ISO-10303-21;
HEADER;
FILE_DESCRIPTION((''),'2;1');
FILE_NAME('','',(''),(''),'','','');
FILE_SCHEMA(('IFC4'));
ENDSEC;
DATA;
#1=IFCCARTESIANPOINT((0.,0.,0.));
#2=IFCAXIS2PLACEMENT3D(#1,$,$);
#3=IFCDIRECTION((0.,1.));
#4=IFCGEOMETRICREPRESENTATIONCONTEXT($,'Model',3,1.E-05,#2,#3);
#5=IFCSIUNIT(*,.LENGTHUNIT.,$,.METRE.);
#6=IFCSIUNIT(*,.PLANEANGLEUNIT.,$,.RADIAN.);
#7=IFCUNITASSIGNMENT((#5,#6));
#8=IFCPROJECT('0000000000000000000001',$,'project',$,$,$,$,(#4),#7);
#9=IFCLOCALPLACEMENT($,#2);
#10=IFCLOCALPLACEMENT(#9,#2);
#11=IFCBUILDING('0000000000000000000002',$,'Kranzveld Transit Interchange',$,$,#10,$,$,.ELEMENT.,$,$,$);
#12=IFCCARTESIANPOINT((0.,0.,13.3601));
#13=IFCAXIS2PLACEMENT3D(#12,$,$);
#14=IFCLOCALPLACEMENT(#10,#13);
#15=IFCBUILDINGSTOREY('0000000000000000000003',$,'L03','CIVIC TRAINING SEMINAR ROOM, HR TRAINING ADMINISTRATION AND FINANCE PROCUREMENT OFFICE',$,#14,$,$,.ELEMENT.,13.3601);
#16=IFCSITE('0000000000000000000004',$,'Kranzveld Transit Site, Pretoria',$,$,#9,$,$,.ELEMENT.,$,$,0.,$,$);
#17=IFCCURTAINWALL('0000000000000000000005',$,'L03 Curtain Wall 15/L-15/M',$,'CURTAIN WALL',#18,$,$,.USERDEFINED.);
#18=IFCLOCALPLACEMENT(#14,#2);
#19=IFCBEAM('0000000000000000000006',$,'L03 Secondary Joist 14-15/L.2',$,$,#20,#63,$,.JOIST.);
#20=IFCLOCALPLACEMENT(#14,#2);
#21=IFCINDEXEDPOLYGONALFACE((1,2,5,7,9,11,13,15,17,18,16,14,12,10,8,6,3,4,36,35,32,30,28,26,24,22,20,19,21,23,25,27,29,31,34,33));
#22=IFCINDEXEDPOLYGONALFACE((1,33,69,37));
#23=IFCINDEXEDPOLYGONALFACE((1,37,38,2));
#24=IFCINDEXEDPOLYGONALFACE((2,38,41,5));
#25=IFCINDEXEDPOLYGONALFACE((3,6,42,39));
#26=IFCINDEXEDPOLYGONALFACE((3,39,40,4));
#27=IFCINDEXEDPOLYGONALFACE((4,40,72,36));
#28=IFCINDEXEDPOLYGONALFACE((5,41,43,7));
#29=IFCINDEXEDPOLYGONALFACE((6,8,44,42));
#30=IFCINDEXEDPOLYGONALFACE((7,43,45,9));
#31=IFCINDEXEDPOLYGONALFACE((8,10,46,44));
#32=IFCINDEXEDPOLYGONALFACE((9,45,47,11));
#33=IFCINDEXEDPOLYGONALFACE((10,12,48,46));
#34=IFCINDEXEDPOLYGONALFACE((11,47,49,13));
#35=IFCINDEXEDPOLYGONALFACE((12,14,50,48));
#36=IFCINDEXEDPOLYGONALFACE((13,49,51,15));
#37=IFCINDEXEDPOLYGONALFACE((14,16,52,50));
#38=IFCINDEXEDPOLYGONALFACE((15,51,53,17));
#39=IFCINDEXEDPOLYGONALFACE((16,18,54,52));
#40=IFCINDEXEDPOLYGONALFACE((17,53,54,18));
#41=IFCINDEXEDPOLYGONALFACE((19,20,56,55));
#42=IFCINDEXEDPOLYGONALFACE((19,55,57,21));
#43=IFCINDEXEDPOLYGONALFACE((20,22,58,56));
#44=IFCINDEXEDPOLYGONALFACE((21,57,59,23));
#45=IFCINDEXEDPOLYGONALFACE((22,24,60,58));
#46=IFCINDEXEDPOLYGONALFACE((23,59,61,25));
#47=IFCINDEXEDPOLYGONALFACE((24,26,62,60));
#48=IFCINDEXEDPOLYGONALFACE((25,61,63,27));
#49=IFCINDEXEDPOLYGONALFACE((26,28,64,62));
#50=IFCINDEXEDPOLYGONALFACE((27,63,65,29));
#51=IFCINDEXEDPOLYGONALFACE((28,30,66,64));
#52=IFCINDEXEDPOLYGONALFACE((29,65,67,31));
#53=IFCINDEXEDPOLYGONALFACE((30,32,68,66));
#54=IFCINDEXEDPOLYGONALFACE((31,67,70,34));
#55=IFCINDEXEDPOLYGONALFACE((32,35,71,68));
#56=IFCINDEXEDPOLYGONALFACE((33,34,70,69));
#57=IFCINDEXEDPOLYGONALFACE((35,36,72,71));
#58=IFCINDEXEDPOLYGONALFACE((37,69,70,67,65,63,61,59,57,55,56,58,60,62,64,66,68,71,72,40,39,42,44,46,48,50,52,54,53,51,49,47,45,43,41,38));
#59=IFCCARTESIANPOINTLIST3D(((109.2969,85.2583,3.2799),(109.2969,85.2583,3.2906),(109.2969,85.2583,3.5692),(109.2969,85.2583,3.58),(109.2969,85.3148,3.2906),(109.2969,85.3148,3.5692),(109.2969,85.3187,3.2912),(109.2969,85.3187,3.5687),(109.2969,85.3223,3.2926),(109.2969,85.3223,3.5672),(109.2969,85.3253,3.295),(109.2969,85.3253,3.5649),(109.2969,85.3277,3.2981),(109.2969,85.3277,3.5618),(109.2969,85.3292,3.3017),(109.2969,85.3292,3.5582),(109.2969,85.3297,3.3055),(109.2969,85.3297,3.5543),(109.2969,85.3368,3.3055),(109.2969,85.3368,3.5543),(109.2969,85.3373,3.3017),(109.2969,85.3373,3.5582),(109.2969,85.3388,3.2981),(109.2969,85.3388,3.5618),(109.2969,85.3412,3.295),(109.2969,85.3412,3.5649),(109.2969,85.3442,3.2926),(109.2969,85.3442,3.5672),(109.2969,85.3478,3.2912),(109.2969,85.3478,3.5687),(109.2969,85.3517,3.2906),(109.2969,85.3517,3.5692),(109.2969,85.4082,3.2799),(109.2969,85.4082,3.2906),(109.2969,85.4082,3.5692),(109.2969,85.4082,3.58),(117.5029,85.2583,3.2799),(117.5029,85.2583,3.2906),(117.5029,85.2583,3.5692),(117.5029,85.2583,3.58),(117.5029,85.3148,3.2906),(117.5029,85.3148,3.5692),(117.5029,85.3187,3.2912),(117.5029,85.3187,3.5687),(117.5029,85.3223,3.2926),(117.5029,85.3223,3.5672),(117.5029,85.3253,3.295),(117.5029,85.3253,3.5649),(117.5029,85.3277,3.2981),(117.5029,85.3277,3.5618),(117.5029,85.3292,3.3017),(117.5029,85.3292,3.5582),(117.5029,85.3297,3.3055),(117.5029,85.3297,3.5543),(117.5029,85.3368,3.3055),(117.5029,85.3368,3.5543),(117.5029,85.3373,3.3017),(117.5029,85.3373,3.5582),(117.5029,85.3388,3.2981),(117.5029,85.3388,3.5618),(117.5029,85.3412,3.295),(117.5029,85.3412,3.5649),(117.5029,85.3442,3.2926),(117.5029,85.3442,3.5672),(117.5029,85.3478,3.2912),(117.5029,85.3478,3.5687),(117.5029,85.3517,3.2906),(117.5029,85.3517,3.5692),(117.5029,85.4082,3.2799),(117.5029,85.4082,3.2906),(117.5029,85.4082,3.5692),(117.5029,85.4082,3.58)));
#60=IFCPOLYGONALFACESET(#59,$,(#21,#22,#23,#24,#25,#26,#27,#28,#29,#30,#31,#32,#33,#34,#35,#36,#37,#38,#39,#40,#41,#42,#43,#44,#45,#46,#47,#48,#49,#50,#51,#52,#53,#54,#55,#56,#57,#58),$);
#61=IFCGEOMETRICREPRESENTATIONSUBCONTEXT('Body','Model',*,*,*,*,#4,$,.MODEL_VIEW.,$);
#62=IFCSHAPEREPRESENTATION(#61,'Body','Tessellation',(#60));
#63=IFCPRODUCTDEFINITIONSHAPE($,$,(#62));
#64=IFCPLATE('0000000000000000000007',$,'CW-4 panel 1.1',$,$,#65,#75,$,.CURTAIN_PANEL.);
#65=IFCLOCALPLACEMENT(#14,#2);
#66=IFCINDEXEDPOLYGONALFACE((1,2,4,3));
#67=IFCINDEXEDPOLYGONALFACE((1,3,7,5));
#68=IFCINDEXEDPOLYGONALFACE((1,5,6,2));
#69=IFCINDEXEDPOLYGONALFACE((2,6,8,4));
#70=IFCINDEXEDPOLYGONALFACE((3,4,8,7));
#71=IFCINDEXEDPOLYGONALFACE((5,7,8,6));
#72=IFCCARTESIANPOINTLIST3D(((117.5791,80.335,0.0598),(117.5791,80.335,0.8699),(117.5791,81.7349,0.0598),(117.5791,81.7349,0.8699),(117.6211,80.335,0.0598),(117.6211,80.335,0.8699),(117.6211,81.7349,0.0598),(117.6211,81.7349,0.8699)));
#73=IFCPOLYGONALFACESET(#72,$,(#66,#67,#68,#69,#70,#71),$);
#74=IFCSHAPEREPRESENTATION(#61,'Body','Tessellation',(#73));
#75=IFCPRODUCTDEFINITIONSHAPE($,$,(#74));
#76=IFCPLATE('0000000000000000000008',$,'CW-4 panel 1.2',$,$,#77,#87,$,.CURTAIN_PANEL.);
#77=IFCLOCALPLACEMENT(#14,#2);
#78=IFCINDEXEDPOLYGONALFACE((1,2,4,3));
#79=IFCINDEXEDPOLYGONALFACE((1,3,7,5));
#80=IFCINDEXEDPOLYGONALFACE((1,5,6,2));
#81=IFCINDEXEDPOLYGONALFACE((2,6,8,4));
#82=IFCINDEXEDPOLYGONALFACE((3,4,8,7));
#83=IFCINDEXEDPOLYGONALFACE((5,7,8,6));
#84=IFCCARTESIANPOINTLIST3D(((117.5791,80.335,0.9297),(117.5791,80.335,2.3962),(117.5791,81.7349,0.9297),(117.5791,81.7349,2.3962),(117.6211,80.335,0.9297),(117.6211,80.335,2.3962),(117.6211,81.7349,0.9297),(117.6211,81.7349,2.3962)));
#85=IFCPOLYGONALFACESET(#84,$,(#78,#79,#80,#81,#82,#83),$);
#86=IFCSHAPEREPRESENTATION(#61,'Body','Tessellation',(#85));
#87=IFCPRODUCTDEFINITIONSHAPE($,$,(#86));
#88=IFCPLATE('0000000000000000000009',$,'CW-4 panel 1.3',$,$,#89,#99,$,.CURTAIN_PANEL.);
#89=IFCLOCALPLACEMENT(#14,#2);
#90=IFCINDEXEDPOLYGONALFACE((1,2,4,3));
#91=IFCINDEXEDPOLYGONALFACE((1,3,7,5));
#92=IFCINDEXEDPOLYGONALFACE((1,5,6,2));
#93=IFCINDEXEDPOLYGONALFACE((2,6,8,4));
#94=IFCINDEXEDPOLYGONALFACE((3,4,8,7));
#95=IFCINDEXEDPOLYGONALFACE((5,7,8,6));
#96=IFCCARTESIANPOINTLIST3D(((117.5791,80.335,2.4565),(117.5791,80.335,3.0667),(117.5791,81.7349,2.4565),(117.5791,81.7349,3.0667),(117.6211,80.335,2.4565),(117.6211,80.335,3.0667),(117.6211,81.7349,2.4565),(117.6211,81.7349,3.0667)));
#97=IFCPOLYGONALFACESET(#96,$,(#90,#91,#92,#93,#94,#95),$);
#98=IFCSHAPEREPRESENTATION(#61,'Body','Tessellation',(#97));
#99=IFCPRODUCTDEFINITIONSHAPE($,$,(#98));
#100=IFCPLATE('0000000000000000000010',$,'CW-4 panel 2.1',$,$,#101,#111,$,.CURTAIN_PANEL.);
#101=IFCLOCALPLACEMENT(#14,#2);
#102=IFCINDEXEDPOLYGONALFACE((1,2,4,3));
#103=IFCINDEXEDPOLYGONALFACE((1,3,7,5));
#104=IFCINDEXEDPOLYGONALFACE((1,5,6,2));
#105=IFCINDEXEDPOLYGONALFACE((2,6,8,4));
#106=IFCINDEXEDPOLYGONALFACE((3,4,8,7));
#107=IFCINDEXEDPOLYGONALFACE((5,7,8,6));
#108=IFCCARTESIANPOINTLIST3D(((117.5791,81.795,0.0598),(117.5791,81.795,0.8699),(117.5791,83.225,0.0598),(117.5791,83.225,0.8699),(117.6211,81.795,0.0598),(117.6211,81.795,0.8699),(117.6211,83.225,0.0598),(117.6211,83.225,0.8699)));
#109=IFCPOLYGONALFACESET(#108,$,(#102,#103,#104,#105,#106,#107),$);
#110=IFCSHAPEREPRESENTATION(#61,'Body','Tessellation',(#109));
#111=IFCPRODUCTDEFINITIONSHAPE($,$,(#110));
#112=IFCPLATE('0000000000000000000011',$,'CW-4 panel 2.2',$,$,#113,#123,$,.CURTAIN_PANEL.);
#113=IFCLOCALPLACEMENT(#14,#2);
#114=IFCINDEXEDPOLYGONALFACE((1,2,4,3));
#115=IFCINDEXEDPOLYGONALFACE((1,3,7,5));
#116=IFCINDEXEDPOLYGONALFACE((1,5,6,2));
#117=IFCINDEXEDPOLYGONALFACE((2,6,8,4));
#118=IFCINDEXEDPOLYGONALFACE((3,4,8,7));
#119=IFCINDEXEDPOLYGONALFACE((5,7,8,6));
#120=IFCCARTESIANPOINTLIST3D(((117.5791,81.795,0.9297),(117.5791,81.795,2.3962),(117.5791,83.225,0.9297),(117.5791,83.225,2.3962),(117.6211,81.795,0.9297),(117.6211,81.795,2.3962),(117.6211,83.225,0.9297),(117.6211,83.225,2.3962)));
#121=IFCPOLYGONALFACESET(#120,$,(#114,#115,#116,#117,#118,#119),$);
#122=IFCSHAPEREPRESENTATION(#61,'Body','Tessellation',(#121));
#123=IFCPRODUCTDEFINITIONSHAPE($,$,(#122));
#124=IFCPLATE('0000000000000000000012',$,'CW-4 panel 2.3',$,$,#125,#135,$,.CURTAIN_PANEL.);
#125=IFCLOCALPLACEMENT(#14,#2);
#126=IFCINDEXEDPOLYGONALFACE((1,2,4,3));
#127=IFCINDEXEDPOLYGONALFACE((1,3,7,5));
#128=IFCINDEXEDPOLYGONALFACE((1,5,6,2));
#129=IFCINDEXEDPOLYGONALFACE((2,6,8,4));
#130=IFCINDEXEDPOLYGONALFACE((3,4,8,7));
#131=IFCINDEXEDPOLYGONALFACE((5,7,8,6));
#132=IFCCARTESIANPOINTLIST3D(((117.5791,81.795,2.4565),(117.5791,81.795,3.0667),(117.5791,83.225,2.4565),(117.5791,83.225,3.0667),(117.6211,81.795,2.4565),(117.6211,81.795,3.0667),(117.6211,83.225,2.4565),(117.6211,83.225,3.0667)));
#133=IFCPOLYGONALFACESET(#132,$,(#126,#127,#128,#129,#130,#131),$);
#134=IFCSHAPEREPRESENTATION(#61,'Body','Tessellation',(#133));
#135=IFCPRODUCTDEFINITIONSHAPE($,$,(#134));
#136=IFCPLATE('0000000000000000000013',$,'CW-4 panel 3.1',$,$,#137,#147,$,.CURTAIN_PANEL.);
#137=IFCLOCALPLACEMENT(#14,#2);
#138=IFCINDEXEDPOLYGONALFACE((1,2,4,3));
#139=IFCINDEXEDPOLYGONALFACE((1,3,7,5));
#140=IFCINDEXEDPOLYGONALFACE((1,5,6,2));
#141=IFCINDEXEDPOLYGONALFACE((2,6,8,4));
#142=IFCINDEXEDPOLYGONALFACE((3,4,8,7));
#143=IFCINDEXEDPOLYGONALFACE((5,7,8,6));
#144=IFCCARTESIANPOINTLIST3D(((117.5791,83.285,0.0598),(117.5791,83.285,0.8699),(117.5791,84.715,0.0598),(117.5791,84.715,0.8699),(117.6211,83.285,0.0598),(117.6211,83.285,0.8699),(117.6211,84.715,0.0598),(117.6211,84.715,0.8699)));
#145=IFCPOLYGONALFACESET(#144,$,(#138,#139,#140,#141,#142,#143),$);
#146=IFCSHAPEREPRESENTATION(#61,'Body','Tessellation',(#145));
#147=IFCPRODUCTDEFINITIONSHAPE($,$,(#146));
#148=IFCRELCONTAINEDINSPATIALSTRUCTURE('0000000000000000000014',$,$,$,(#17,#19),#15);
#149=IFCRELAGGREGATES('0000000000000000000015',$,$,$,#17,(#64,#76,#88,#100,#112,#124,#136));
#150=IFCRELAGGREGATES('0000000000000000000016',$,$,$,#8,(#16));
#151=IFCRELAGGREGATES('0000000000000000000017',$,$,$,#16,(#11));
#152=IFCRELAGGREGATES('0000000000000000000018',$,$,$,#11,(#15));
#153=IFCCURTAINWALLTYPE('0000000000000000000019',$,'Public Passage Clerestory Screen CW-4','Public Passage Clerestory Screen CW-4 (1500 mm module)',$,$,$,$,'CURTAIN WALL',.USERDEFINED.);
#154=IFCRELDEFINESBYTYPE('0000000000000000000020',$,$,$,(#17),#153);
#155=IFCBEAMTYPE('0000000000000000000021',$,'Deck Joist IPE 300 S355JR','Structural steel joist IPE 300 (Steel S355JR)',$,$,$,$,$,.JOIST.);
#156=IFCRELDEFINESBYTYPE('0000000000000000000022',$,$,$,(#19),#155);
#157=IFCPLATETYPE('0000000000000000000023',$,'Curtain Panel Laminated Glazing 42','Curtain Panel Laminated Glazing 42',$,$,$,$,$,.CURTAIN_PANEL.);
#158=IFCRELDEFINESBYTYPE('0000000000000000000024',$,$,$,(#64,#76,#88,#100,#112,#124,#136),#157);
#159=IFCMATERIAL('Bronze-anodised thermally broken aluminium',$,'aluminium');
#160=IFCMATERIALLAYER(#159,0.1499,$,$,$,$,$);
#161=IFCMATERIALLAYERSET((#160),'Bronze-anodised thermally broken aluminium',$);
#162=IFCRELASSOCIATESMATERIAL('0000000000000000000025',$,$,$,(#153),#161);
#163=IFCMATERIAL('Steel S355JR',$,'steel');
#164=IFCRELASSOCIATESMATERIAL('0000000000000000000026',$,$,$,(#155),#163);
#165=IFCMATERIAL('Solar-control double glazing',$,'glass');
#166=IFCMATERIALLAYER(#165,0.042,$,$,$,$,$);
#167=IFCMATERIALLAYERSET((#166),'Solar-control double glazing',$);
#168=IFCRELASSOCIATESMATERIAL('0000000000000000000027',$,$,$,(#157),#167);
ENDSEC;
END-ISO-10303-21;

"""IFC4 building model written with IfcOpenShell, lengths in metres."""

from ifc_helpers import new_model, si_unit, direction, frame, origin, origin_2d, place, context, subcontext, project, spatial, rectangle, i_section, extrude, material, layer, layer_set, material_profile, profile_set, type_object, element, aggregate, save


model = new_model("IFC4")

# Units and contexts
model_context = context("Model", 3, precision=1e-05, world=origin(), true_north=direction((0.0, 1.0)))
body_context = subcontext(model_context, "Body", "Model", "MODEL_VIEW")
ifc_project = project(units=[si_unit("LENGTHUNIT", "METRE"), si_unit("PLANEANGLEUNIT", "RADIAN")], contexts=[model_context])

# Site, building, storey
site_placement = place(None, origin())
site = spatial("IfcSite", under=ifc_project, at=site_placement, Name="Kranzveld Transit Site, Pretoria", CompositionType="ELEMENT", RefElevation=0.0)
building_placement = place(site_placement, origin())
building = spatial("IfcBuilding", under=site, at=building_placement, Name="Kranzveld Transit Interchange", CompositionType="ELEMENT")
storey_placement = place(building_placement, frame((0.0, 0.0, 13.3601)))
storey = spatial("IfcBuildingStorey", under=building, at=storey_placement, Name="L03", Description="CIVIC TRAINING SEMINAR ROOM, HR TRAINING ADMINISTRATION AND FINANCE PROCUREMENT OFFICE", CompositionType="ELEMENT", Elevation=13.3601)

# Curtain wall
ifc_material_1 = material(Name="Bronze-anodised thermally broken aluminium", Category="aluminium")
ifc_layer_1 = layer(ifc_material_1, 0.1499)
ifc_layer_set_1 = layer_set([ifc_layer_1], Name="Bronze-anodised thermally broken aluminium")
curtain_wall_type = type_object("IfcCurtainWallType", Name="Public Passage Clerestory Screen CW-4", Description="Public Passage Clerestory Screen CW-4 (1500 mm module)", ElementType="CURTAIN WALL", PredefinedType="USERDEFINED", material=ifc_layer_set_1)
curtain_wall_placement = place(storey_placement, origin())
curtain_wall = element("IfcCurtainWall", 1, at=curtain_wall_placement, inside=storey, type_object=curtain_wall_type, Name="L03 Curtain Wall 15/L-15/M", ObjectType="CURTAIN WALL", PredefinedType="USERDEFINED")

# Beam
ifc_material_2 = material(Name="Steel S355JR", Category="steel")
ifc_material_profile_1 = material_profile(ifc_material_2, i_section(OverallWidth=0.1499, OverallDepth=0.3, WebThickness=0.0071, FlangeThickness=0.0107, FilletRadius=0.0149, at=origin_2d()), Name="IPE 300")
ifc_profile_set_1 = profile_set([ifc_material_profile_1], Name="Steel S355JR")
beam_type_1 = type_object("IfcBeamType", Name="Deck Joist IPE 300 S355JR", Description="Structural steel joist IPE 300 (Steel S355JR)", PredefinedType="JOIST", material=ifc_profile_set_1)
for number, where, z_axis, x_axis, name in (
    (2, (109.2969, 85.3333, 3.4299), (1.0, 0.0, 0.0), (0.0, 1.0, 0.0), "L03 Secondary Joist 14-15/L.2"),
):
    element("IfcBeam", number, at=place(storey_placement, frame(where, z_axis=z_axis, x_axis=x_axis)), inside=storey, type_object=beam_type_1, Name=name, PredefinedType="JOIST", context=body_context, shape_type="SweptSolid", body=[
        extrude(i_section(OverallWidth=0.1499, OverallDepth=0.3, WebThickness=0.0071, FlangeThickness=0.0107, FilletRadius=0.0149, at=origin_2d()), origin(), (0.0, 0.0, 1.0), 8.2061),
    ])

# Plates
ifc_material_3 = material(Name="Solar-control double glazing", Category="glass")
ifc_layer_2 = layer(ifc_material_3, 0.042)
ifc_layer_set_2 = layer_set([ifc_layer_2], Name="Solar-control double glazing")
plate_type = type_object("IfcPlateType", Name="Curtain Panel Laminated Glazing 42", Description="Curtain Panel Laminated Glazing 42", PredefinedType="CURTAIN_PANEL", material=ifc_layer_set_2)
plate_1_placement = place(storey_placement, frame((117.6001, 81.0349, 0.0598), z_axis=(0.0, 0.0, 1.0), x_axis=(0.0, 1.0, 0.0)))
plate_1 = element("IfcPlate", 3, at=plate_1_placement, type_object=plate_type, Name="CW-4 panel 1.1", PredefinedType="CURTAIN_PANEL", context=body_context, shape_type="SweptSolid", body=[
    extrude(rectangle(XDim=1.3999, YDim=0.042, at=origin_2d()), origin(), (0.0, 0.0, 1.0), 0.8101),
])
plate_2_placement = place(storey_placement, frame((117.6001, 81.0349, 0.9297), z_axis=(0.0, 0.0, 1.0), x_axis=(0.0, 1.0, 0.0)))
plate_2 = element("IfcPlate", 4, at=plate_2_placement, type_object=plate_type, Name="CW-4 panel 1.2", PredefinedType="CURTAIN_PANEL", context=body_context, shape_type="SweptSolid", body=[
    extrude(rectangle(XDim=1.3999, YDim=0.042, at=origin_2d()), origin(), (0.0, 0.0, 1.0), 1.4666),
])
plate_3_placement = place(storey_placement, frame((117.6001, 81.0349, 2.4565), z_axis=(0.0, 0.0, 1.0), x_axis=(0.0, 1.0, 0.0)))
plate_3 = element("IfcPlate", 5, at=plate_3_placement, type_object=plate_type, Name="CW-4 panel 1.3", PredefinedType="CURTAIN_PANEL", context=body_context, shape_type="SweptSolid", body=[
    extrude(rectangle(XDim=1.3999, YDim=0.042, at=origin_2d()), origin(), (0.0, 0.0, 1.0), 0.6101),
])
plate_4_placement = place(storey_placement, frame((117.6001, 82.51, 0.0598), z_axis=(0.0, 0.0, 1.0), x_axis=(0.0, 1.0, 0.0)))
plate_4 = element("IfcPlate", 6, at=plate_4_placement, type_object=plate_type, Name="CW-4 panel 2.1", PredefinedType="CURTAIN_PANEL", context=body_context, shape_type="SweptSolid", body=[
    extrude(rectangle(XDim=1.4299, YDim=0.042, at=origin_2d()), origin(), (0.0, 0.0, 1.0), 0.8101),
])
plate_5_placement = place(storey_placement, frame((117.6001, 82.51, 0.9297), z_axis=(0.0, 0.0, 1.0), x_axis=(0.0, 1.0, 0.0)))
plate_5 = element("IfcPlate", 7, at=plate_5_placement, type_object=plate_type, Name="CW-4 panel 2.2", PredefinedType="CURTAIN_PANEL", context=body_context, shape_type="SweptSolid", body=[
    extrude(rectangle(XDim=1.4299, YDim=0.042, at=origin_2d()), origin(), (0.0, 0.0, 1.0), 1.4666),
])
plate_6_placement = place(storey_placement, frame((117.6001, 82.51, 2.4565), z_axis=(0.0, 0.0, 1.0), x_axis=(0.0, 1.0, 0.0)))
plate_6 = element("IfcPlate", 8, at=plate_6_placement, type_object=plate_type, Name="CW-4 panel 2.3", PredefinedType="CURTAIN_PANEL", context=body_context, shape_type="SweptSolid", body=[
    extrude(rectangle(XDim=1.4299, YDim=0.042, at=origin_2d()), origin(), (0.0, 0.0, 1.0), 0.6101),
])
plate_7_placement = place(storey_placement, frame((117.6001, 84.0, 0.0598), z_axis=(0.0, 0.0, 1.0), x_axis=(0.0, 1.0, 0.0)))
plate_7 = element("IfcPlate", 9, at=plate_7_placement, type_object=plate_type, Name="CW-4 panel 3.1", PredefinedType="CURTAIN_PANEL", context=body_context, shape_type="SweptSolid", body=[
    extrude(rectangle(XDim=1.4299, YDim=0.042, at=origin_2d()), origin(), (0.0, 0.0, 1.0), 0.8101),
])
aggregate(curtain_wall, [plate_1, plate_2, plate_3, plate_4, plate_5, plate_6, plate_7])

save(model, "model.ifc")
